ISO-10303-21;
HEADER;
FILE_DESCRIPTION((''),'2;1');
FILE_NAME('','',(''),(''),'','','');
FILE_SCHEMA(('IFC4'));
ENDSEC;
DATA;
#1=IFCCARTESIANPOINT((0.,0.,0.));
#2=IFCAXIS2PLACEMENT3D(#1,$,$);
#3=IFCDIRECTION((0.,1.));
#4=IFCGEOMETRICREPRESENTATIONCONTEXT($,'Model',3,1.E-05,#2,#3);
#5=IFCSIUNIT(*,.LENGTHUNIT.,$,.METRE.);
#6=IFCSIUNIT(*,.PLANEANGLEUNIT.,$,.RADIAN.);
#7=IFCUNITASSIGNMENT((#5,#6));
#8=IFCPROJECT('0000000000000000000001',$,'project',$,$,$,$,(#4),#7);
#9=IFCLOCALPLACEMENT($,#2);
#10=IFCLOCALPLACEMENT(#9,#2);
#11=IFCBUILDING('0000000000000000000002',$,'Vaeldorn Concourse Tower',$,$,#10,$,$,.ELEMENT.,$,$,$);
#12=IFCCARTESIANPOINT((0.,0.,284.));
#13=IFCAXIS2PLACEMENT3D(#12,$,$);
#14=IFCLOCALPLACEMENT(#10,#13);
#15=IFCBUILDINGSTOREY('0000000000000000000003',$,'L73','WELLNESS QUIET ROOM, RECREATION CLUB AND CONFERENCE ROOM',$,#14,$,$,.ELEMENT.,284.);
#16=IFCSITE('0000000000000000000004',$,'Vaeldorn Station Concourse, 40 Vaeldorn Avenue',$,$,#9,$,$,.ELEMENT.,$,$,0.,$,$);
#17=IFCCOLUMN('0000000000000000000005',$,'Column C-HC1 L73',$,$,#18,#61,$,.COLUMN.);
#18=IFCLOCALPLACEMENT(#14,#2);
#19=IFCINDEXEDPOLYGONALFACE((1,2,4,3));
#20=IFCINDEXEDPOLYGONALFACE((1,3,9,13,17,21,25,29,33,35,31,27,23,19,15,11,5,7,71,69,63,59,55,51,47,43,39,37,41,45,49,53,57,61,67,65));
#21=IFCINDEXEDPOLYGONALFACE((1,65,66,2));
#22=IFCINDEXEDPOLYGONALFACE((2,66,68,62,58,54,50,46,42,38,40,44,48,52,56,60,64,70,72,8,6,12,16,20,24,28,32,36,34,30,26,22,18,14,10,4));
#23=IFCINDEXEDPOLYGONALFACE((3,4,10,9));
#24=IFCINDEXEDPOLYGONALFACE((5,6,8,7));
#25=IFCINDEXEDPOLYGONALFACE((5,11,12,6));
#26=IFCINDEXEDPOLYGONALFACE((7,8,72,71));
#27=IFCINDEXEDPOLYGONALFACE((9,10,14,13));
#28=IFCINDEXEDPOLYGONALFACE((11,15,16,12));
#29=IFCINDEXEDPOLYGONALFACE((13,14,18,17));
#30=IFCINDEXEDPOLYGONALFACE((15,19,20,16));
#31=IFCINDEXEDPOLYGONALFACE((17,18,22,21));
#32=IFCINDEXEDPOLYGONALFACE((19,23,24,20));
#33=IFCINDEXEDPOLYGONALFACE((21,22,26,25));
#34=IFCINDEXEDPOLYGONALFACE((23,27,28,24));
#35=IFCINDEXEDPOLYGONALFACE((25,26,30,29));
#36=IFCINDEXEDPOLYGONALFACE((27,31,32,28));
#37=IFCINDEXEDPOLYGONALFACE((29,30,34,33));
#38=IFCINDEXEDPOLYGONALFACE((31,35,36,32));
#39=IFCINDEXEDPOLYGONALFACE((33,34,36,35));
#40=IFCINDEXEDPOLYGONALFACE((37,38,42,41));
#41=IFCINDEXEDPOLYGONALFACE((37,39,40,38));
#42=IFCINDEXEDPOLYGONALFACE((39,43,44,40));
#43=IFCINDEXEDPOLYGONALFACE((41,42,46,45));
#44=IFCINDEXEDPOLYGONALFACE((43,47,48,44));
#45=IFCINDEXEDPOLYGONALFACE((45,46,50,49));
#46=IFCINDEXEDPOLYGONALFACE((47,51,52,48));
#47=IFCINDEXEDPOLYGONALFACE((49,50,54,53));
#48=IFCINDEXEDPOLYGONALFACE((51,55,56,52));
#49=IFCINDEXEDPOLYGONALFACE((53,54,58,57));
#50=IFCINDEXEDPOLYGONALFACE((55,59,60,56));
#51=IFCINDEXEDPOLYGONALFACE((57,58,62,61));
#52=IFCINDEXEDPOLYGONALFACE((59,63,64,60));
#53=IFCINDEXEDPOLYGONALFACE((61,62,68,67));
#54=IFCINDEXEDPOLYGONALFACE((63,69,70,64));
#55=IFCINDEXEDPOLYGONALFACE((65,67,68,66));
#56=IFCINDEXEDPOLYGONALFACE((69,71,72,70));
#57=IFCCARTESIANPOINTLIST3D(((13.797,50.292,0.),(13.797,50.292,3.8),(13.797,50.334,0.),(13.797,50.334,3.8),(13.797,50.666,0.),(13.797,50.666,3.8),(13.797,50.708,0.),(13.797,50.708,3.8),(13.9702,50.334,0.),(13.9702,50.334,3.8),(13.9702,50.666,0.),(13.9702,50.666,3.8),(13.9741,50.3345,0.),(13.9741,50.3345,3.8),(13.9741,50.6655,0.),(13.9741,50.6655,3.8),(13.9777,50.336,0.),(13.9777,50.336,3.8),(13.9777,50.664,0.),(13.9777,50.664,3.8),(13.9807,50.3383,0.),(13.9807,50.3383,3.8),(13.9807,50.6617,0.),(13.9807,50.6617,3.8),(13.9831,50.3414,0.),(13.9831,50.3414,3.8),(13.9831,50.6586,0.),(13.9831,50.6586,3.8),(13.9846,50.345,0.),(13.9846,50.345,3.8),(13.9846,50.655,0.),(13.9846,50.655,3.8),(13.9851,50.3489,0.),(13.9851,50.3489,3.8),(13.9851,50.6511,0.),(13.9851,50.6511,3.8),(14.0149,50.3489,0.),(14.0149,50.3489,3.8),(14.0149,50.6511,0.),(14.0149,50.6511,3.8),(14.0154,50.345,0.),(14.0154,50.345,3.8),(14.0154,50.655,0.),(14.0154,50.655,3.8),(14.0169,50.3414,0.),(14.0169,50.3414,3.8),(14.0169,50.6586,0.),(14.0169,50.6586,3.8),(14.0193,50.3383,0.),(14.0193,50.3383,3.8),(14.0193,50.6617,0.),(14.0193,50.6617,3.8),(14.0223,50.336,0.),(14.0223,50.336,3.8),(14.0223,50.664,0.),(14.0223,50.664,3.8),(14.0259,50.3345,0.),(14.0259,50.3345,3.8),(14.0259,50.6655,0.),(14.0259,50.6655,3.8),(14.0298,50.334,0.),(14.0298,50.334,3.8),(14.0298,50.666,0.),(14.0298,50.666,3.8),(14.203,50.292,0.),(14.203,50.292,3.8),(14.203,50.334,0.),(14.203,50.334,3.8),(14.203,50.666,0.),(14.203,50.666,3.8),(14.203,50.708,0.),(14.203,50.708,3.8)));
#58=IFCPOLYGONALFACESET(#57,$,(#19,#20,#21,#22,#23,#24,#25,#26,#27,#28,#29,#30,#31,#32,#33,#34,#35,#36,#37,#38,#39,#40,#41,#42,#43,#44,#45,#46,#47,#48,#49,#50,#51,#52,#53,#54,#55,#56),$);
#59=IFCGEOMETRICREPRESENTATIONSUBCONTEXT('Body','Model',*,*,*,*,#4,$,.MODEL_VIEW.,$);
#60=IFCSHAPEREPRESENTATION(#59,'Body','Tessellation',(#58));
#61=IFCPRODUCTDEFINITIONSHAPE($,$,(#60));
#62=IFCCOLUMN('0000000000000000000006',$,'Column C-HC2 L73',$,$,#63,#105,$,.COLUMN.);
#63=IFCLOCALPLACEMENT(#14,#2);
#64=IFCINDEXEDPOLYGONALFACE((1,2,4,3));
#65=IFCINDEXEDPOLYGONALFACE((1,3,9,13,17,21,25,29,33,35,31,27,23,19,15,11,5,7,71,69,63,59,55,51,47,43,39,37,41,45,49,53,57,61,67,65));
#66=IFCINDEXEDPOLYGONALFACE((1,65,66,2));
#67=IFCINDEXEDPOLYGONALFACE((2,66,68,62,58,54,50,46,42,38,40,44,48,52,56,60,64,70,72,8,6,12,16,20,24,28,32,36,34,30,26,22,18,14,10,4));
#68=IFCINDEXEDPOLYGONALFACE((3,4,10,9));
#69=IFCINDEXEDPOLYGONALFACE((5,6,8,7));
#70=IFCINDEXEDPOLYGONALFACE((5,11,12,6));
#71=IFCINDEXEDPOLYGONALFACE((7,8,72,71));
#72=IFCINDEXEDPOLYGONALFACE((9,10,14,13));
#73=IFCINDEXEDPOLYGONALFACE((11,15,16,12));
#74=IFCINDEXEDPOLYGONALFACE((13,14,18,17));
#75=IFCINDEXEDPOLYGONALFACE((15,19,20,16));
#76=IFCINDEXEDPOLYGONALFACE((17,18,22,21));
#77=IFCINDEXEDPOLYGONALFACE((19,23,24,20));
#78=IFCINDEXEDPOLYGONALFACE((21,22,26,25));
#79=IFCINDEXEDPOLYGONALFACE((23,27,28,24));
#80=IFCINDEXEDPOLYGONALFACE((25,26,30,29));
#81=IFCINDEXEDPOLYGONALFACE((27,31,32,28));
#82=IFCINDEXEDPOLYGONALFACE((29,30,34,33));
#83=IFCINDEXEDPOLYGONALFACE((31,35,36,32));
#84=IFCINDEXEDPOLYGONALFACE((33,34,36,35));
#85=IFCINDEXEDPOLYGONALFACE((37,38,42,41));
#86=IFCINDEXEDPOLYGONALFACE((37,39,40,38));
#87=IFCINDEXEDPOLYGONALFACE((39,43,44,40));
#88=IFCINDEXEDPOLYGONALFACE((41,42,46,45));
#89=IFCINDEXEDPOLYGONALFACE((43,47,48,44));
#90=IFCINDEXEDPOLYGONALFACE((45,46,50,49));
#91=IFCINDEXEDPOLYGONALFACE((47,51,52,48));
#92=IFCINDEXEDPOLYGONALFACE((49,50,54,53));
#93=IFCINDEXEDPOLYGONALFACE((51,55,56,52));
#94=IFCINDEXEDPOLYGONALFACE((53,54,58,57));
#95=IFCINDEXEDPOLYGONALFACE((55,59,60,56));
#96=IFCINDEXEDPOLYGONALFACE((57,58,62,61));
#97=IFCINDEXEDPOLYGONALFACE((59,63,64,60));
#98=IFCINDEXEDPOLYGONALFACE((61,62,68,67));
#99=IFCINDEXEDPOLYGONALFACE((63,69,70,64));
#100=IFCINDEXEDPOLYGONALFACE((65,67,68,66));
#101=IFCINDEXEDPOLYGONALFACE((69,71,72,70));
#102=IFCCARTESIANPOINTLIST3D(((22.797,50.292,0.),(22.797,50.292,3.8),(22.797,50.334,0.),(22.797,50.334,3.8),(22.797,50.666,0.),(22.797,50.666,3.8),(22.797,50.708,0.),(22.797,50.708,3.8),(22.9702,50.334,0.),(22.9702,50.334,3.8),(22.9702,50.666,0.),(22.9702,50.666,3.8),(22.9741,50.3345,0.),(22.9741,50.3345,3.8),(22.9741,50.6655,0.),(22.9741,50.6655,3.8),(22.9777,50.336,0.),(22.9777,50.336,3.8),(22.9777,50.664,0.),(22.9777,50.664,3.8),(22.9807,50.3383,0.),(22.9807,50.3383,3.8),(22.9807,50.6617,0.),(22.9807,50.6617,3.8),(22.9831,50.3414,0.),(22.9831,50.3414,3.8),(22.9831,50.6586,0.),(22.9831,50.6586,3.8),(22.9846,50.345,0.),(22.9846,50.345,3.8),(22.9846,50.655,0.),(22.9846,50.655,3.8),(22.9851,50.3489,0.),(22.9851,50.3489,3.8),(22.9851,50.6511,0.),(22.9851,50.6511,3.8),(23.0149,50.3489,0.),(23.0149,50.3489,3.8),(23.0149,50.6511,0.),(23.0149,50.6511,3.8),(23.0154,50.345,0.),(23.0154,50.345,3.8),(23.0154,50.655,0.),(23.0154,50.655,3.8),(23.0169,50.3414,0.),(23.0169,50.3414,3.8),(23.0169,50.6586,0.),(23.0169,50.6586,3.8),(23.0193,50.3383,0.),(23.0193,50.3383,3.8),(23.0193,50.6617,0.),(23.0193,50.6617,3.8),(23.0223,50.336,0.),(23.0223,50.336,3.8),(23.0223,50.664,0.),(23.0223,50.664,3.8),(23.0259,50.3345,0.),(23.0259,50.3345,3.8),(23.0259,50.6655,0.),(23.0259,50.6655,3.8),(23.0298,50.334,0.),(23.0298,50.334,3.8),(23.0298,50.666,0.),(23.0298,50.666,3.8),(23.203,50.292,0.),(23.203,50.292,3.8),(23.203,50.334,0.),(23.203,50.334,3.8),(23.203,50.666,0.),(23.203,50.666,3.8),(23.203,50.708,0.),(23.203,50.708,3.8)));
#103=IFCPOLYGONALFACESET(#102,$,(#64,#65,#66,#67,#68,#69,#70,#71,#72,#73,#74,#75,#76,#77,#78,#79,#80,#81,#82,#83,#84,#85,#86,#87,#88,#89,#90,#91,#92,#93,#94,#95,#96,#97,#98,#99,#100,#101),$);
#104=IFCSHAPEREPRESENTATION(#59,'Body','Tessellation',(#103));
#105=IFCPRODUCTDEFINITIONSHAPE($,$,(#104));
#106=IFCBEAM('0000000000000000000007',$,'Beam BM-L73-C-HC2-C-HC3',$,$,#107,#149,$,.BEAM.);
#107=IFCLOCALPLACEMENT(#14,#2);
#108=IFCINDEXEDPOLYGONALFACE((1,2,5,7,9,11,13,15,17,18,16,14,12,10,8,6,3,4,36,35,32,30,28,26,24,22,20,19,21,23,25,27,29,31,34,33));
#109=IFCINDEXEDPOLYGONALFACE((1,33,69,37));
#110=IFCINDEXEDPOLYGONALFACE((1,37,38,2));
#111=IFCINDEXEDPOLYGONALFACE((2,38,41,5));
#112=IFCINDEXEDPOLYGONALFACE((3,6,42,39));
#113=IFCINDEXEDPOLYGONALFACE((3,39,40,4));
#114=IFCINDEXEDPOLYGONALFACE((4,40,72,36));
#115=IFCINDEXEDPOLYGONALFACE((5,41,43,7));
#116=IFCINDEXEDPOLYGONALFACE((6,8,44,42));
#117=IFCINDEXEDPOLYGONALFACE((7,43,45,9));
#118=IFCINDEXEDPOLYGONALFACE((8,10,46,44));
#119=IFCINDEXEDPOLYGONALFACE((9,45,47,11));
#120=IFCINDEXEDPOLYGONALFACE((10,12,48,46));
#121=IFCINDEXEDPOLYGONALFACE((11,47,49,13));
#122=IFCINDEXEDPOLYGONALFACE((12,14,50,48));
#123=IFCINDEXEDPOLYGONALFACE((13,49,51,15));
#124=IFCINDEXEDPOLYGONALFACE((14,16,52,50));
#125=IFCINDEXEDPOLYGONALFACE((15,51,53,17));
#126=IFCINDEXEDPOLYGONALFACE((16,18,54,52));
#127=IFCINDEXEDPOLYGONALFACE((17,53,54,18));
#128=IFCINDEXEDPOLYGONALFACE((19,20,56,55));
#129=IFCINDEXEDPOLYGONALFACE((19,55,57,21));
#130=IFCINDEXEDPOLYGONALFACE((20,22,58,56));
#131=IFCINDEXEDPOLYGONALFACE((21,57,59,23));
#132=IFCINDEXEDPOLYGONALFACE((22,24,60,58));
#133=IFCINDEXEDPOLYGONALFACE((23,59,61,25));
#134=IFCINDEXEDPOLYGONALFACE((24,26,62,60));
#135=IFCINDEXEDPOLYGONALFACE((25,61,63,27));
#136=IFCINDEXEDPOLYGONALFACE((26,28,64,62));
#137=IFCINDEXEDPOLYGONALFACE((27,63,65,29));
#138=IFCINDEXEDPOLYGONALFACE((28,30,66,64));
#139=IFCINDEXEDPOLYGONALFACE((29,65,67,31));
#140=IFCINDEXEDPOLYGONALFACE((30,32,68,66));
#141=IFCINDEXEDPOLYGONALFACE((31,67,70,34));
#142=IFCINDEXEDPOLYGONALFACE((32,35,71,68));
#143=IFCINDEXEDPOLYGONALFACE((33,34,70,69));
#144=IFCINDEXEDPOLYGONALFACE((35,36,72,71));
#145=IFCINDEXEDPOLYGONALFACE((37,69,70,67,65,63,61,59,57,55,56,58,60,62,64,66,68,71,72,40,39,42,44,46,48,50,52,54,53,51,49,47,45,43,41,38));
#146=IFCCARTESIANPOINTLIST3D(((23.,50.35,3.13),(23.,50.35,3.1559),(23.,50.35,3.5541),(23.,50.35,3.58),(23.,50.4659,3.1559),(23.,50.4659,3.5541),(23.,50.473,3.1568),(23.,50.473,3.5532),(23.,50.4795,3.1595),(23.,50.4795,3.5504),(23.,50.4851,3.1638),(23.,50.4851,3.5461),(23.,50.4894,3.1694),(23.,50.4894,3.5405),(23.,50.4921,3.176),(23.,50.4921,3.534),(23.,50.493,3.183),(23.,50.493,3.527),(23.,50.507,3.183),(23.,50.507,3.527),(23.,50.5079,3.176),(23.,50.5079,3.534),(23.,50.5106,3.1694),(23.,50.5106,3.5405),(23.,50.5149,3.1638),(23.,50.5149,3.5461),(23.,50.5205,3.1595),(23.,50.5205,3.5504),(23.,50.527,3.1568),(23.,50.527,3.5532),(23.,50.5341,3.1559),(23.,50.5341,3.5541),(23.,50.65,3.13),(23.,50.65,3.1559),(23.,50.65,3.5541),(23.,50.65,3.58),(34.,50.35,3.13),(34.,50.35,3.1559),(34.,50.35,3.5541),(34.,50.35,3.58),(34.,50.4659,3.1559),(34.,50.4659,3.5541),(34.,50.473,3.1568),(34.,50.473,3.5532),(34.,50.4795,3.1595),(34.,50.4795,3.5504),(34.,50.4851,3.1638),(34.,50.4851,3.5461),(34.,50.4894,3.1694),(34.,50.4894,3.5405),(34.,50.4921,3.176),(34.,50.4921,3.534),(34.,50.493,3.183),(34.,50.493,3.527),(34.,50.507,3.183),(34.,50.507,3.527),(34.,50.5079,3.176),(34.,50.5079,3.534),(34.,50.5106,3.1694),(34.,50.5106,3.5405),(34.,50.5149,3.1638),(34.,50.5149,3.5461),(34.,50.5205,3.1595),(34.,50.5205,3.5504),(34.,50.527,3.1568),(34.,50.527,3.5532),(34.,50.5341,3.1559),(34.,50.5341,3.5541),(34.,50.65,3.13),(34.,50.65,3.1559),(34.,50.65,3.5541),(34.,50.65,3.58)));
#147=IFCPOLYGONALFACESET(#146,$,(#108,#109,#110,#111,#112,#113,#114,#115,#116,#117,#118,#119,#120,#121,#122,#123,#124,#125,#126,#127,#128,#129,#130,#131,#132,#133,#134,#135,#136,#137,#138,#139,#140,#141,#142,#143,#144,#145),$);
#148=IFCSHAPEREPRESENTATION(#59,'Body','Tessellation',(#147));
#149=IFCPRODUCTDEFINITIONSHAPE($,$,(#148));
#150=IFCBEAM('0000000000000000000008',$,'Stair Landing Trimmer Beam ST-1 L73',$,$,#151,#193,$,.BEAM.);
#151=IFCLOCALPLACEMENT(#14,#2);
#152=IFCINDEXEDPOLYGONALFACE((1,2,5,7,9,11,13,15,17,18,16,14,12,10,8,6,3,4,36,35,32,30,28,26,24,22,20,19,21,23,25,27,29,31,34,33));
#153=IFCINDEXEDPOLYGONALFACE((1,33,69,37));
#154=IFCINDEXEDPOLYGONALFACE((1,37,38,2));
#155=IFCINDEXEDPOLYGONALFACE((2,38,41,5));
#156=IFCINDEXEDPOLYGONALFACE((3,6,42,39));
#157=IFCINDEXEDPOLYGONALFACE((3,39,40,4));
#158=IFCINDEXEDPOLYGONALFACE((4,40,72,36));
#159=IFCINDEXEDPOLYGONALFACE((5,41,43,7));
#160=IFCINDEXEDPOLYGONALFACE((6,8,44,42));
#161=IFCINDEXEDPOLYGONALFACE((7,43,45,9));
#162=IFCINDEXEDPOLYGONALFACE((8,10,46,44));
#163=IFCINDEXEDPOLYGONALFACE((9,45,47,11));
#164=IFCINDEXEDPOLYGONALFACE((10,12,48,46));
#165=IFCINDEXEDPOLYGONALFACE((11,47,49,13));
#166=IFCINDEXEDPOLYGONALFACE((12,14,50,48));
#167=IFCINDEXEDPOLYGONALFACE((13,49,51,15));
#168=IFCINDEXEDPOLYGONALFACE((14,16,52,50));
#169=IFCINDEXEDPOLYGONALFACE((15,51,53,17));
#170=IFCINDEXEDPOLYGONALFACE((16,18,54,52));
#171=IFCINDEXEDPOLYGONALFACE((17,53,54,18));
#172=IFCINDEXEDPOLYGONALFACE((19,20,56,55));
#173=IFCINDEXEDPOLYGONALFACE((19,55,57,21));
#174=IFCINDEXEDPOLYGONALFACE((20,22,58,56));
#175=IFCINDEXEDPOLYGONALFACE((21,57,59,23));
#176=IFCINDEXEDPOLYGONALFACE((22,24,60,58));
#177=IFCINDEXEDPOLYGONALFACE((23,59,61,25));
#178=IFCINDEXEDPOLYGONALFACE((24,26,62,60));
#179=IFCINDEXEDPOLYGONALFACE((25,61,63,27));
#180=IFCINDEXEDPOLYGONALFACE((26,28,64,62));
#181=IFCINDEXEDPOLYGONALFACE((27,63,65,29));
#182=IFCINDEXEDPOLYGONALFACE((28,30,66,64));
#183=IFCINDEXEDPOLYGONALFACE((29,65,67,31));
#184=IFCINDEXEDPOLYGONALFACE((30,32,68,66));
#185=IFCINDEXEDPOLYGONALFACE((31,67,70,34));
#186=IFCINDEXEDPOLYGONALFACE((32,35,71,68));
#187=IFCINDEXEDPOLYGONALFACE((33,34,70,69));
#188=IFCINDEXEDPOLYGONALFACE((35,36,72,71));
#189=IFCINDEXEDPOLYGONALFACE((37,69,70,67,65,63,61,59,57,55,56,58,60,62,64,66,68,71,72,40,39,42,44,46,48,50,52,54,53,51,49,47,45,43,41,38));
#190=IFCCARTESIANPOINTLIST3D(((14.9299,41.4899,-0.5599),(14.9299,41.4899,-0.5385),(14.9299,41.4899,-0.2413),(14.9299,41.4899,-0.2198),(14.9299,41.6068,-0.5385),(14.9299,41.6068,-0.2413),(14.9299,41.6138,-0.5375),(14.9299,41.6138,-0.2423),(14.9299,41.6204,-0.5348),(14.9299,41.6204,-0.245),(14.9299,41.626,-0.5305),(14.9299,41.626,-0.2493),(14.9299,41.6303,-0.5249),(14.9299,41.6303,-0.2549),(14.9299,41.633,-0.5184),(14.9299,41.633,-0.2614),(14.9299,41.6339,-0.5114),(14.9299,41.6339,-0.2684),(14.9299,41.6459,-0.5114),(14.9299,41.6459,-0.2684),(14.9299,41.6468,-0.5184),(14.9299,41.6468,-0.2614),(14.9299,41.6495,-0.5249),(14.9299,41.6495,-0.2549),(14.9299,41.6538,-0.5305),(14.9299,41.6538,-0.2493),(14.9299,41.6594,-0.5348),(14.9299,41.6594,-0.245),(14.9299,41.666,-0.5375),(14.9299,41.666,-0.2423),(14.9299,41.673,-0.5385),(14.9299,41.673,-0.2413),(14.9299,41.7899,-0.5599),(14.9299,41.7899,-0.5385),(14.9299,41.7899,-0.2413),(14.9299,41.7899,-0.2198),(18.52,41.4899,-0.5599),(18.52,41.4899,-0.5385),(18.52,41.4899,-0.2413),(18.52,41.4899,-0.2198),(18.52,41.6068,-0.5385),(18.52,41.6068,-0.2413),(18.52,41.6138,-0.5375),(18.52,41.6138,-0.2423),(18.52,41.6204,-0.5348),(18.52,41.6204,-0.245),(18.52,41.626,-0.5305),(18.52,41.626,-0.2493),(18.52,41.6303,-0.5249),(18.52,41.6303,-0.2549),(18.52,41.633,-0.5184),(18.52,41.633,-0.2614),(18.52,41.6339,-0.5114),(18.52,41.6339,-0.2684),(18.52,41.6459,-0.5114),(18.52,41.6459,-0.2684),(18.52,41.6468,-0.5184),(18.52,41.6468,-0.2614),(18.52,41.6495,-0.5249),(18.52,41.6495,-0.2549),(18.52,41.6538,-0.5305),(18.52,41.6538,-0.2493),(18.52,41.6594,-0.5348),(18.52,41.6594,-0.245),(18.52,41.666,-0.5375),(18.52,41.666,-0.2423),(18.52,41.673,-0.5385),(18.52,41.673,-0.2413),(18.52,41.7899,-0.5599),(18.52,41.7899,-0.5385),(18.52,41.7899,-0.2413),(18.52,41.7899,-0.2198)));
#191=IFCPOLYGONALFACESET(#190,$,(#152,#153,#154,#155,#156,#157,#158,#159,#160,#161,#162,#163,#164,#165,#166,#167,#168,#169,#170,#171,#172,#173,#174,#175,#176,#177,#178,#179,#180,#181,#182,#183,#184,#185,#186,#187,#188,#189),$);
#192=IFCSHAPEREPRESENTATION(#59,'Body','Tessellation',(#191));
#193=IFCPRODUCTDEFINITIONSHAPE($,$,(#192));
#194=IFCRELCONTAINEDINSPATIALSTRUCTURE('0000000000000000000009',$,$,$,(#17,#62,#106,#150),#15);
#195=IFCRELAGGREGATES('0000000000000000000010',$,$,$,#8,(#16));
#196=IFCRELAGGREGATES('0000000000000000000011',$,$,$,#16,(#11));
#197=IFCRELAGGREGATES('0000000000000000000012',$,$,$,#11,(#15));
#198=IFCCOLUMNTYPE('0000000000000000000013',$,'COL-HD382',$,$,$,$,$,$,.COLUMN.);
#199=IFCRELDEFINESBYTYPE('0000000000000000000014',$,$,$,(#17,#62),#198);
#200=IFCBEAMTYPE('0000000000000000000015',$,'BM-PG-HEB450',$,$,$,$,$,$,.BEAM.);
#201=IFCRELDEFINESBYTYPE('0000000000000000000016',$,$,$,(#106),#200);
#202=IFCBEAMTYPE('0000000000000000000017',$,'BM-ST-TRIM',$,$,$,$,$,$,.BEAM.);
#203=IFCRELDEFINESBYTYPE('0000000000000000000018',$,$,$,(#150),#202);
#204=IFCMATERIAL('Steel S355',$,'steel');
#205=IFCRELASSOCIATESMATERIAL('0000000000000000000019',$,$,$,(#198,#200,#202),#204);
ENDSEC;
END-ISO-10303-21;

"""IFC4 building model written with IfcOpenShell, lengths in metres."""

from ifc_helpers import new_model, si_unit, direction, frame, origin, origin_2d, place, context, subcontext, project, spatial, i_section, extrude, source, transform, mapped, material, material_profile, profile_set, type_object, element, save


model = new_model("IFC4")

# Units and contexts
model_context = context("Model", 3, precision=1e-05, world=origin(), true_north=direction((0.0, 1.0)))
body_context = subcontext(model_context, "Body", "Model", "MODEL_VIEW")
ifc_project = project(units=[si_unit("LENGTHUNIT", "METRE"), si_unit("PLANEANGLEUNIT", "RADIAN")], contexts=[model_context])

# Site, building, storey
site_placement = place(None, origin())
site = spatial("IfcSite", under=ifc_project, at=site_placement, Name="Vaeldorn Station Concourse, 40 Vaeldorn Avenue", CompositionType="ELEMENT", RefElevation=0.0)
building_placement = place(site_placement, origin())
building = spatial("IfcBuilding", under=site, at=building_placement, Name="Vaeldorn Concourse Tower", CompositionType="ELEMENT")
storey_placement = place(building_placement, frame((0.0, 0.0, 284.0)))
storey = spatial("IfcBuildingStorey", under=building, at=storey_placement, Name="L73", Description="WELLNESS QUIET ROOM, RECREATION CLUB AND CONFERENCE ROOM", CompositionType="ELEMENT", Elevation=284.0)

# Columns
ifc_material_1 = material(Name="Steel S355", Category="steel")
ifc_material_profile_1 = material_profile(ifc_material_1, i_section(OverallWidth=0.406, OverallDepth=0.416, WebThickness=0.0298, FlangeThickness=0.042, FilletRadius=0.0149, at=origin_2d()), Name="HD 400x382")
ifc_profile_set_1 = profile_set([ifc_material_profile_1], Name="Steel S355")
column_type = type_object("IfcColumnType", Name="COL-HD382", PredefinedType="COLUMN", material=ifc_profile_set_1)
shared_shape_1 = source(origin(), body_context, "Body", "SweptSolid", [
    extrude(i_section(OverallWidth=0.406, OverallDepth=0.416, WebThickness=0.0298, FlangeThickness=0.042, FilletRadius=0.0149, at=origin_2d()), origin(), (0.0, 0.0, 1.0), 3.8),
])
for number, where, z_axis, x_axis, name in (
    (1, (14.0, 50.5, 0.0), (0.0, 0.0, 1.0), (1.0, 0.0, 0.0), "Column C-HC1 L73"),
    (2, (23.0, 50.5, 0.0), (0.0, 0.0, 1.0), (1.0, 0.0, 0.0), "Column C-HC2 L73"),
):
    element("IfcColumn", number, at=place(storey_placement, frame(where, z_axis=z_axis, x_axis=x_axis)), inside=storey, type_object=column_type, Name=name, PredefinedType="COLUMN", context=body_context, shape_type="MappedRepresentation", body=[
        mapped(shared_shape_1, transform((0.0, 0.0, 0.0), scale=1.0)),
    ])

# Beams
ifc_material_profile_2 = material_profile(ifc_material_1, i_section(OverallWidth=0.3, OverallDepth=0.45, WebThickness=0.0139, FlangeThickness=0.0259, FilletRadius=0.0271, at=origin_2d()), Name="HEB 450")
ifc_profile_set_2 = profile_set([ifc_material_profile_2], Name="Steel S355")
beam_type_1 = type_object("IfcBeamType", Name="BM-PG-HEB450", PredefinedType="BEAM", material=ifc_profile_set_2)
shared_shape_2 = source(origin(), body_context, "Body", "SweptSolid", [
    extrude(i_section(OverallWidth=0.3, OverallDepth=0.45, WebThickness=0.0139, FlangeThickness=0.0259, FilletRadius=0.0271, at=origin_2d()), origin(), (0.0, 0.0, 1.0), 11.0),
])
beam_1_placement = place(storey_placement, frame((23.0, 50.5, 3.355), z_axis=(1.0, 0.0, 0.0), x_axis=(0.0, 1.0, 0.0)))
element("IfcBeam", 3, at=beam_1_placement, inside=storey, type_object=beam_type_1, Name="Beam BM-L73-C-HC2-C-HC3", PredefinedType="BEAM", context=body_context, shape_type="MappedRepresentation", body=[
    mapped(shared_shape_2, transform((0.0, 0.0, 0.0), scale=1.0)),
])
ifc_material_profile_3 = material_profile(ifc_material_1, i_section(OverallWidth=0.3, OverallDepth=0.3401, WebThickness=0.012, FlangeThickness=0.0215, FilletRadius=0.0271, at=origin_2d()), Name="HEB 340")
ifc_profile_set_3 = profile_set([ifc_material_profile_3], Name="Steel S355")
beam_type_2 = type_object("IfcBeamType", Name="BM-ST-TRIM", PredefinedType="BEAM", material=ifc_profile_set_3)
shared_shape_3 = source(origin(), body_context, "Body", "SweptSolid", [
    extrude(i_section(OverallWidth=0.3, OverallDepth=0.3401, WebThickness=0.012, FlangeThickness=0.0215, FilletRadius=0.0271, at=origin_2d()), origin(), (0.0, 0.0, 1.0), 3.5901),
])
beam_2_placement = place(storey_placement, frame((14.9299, 41.6399, -0.3899), z_axis=(1.0, 0.0, 0.0), x_axis=(0.0, 1.0, 0.0)))
element("IfcBeam", 4, at=beam_2_placement, inside=storey, type_object=beam_type_2, Name="Stair Landing Trimmer Beam ST-1 L73", PredefinedType="BEAM", context=body_context, shape_type="MappedRepresentation", body=[
    mapped(shared_shape_3, transform((0.0, 0.0, 0.0), scale=1.0)),
])

save(model, "model.ifc")
